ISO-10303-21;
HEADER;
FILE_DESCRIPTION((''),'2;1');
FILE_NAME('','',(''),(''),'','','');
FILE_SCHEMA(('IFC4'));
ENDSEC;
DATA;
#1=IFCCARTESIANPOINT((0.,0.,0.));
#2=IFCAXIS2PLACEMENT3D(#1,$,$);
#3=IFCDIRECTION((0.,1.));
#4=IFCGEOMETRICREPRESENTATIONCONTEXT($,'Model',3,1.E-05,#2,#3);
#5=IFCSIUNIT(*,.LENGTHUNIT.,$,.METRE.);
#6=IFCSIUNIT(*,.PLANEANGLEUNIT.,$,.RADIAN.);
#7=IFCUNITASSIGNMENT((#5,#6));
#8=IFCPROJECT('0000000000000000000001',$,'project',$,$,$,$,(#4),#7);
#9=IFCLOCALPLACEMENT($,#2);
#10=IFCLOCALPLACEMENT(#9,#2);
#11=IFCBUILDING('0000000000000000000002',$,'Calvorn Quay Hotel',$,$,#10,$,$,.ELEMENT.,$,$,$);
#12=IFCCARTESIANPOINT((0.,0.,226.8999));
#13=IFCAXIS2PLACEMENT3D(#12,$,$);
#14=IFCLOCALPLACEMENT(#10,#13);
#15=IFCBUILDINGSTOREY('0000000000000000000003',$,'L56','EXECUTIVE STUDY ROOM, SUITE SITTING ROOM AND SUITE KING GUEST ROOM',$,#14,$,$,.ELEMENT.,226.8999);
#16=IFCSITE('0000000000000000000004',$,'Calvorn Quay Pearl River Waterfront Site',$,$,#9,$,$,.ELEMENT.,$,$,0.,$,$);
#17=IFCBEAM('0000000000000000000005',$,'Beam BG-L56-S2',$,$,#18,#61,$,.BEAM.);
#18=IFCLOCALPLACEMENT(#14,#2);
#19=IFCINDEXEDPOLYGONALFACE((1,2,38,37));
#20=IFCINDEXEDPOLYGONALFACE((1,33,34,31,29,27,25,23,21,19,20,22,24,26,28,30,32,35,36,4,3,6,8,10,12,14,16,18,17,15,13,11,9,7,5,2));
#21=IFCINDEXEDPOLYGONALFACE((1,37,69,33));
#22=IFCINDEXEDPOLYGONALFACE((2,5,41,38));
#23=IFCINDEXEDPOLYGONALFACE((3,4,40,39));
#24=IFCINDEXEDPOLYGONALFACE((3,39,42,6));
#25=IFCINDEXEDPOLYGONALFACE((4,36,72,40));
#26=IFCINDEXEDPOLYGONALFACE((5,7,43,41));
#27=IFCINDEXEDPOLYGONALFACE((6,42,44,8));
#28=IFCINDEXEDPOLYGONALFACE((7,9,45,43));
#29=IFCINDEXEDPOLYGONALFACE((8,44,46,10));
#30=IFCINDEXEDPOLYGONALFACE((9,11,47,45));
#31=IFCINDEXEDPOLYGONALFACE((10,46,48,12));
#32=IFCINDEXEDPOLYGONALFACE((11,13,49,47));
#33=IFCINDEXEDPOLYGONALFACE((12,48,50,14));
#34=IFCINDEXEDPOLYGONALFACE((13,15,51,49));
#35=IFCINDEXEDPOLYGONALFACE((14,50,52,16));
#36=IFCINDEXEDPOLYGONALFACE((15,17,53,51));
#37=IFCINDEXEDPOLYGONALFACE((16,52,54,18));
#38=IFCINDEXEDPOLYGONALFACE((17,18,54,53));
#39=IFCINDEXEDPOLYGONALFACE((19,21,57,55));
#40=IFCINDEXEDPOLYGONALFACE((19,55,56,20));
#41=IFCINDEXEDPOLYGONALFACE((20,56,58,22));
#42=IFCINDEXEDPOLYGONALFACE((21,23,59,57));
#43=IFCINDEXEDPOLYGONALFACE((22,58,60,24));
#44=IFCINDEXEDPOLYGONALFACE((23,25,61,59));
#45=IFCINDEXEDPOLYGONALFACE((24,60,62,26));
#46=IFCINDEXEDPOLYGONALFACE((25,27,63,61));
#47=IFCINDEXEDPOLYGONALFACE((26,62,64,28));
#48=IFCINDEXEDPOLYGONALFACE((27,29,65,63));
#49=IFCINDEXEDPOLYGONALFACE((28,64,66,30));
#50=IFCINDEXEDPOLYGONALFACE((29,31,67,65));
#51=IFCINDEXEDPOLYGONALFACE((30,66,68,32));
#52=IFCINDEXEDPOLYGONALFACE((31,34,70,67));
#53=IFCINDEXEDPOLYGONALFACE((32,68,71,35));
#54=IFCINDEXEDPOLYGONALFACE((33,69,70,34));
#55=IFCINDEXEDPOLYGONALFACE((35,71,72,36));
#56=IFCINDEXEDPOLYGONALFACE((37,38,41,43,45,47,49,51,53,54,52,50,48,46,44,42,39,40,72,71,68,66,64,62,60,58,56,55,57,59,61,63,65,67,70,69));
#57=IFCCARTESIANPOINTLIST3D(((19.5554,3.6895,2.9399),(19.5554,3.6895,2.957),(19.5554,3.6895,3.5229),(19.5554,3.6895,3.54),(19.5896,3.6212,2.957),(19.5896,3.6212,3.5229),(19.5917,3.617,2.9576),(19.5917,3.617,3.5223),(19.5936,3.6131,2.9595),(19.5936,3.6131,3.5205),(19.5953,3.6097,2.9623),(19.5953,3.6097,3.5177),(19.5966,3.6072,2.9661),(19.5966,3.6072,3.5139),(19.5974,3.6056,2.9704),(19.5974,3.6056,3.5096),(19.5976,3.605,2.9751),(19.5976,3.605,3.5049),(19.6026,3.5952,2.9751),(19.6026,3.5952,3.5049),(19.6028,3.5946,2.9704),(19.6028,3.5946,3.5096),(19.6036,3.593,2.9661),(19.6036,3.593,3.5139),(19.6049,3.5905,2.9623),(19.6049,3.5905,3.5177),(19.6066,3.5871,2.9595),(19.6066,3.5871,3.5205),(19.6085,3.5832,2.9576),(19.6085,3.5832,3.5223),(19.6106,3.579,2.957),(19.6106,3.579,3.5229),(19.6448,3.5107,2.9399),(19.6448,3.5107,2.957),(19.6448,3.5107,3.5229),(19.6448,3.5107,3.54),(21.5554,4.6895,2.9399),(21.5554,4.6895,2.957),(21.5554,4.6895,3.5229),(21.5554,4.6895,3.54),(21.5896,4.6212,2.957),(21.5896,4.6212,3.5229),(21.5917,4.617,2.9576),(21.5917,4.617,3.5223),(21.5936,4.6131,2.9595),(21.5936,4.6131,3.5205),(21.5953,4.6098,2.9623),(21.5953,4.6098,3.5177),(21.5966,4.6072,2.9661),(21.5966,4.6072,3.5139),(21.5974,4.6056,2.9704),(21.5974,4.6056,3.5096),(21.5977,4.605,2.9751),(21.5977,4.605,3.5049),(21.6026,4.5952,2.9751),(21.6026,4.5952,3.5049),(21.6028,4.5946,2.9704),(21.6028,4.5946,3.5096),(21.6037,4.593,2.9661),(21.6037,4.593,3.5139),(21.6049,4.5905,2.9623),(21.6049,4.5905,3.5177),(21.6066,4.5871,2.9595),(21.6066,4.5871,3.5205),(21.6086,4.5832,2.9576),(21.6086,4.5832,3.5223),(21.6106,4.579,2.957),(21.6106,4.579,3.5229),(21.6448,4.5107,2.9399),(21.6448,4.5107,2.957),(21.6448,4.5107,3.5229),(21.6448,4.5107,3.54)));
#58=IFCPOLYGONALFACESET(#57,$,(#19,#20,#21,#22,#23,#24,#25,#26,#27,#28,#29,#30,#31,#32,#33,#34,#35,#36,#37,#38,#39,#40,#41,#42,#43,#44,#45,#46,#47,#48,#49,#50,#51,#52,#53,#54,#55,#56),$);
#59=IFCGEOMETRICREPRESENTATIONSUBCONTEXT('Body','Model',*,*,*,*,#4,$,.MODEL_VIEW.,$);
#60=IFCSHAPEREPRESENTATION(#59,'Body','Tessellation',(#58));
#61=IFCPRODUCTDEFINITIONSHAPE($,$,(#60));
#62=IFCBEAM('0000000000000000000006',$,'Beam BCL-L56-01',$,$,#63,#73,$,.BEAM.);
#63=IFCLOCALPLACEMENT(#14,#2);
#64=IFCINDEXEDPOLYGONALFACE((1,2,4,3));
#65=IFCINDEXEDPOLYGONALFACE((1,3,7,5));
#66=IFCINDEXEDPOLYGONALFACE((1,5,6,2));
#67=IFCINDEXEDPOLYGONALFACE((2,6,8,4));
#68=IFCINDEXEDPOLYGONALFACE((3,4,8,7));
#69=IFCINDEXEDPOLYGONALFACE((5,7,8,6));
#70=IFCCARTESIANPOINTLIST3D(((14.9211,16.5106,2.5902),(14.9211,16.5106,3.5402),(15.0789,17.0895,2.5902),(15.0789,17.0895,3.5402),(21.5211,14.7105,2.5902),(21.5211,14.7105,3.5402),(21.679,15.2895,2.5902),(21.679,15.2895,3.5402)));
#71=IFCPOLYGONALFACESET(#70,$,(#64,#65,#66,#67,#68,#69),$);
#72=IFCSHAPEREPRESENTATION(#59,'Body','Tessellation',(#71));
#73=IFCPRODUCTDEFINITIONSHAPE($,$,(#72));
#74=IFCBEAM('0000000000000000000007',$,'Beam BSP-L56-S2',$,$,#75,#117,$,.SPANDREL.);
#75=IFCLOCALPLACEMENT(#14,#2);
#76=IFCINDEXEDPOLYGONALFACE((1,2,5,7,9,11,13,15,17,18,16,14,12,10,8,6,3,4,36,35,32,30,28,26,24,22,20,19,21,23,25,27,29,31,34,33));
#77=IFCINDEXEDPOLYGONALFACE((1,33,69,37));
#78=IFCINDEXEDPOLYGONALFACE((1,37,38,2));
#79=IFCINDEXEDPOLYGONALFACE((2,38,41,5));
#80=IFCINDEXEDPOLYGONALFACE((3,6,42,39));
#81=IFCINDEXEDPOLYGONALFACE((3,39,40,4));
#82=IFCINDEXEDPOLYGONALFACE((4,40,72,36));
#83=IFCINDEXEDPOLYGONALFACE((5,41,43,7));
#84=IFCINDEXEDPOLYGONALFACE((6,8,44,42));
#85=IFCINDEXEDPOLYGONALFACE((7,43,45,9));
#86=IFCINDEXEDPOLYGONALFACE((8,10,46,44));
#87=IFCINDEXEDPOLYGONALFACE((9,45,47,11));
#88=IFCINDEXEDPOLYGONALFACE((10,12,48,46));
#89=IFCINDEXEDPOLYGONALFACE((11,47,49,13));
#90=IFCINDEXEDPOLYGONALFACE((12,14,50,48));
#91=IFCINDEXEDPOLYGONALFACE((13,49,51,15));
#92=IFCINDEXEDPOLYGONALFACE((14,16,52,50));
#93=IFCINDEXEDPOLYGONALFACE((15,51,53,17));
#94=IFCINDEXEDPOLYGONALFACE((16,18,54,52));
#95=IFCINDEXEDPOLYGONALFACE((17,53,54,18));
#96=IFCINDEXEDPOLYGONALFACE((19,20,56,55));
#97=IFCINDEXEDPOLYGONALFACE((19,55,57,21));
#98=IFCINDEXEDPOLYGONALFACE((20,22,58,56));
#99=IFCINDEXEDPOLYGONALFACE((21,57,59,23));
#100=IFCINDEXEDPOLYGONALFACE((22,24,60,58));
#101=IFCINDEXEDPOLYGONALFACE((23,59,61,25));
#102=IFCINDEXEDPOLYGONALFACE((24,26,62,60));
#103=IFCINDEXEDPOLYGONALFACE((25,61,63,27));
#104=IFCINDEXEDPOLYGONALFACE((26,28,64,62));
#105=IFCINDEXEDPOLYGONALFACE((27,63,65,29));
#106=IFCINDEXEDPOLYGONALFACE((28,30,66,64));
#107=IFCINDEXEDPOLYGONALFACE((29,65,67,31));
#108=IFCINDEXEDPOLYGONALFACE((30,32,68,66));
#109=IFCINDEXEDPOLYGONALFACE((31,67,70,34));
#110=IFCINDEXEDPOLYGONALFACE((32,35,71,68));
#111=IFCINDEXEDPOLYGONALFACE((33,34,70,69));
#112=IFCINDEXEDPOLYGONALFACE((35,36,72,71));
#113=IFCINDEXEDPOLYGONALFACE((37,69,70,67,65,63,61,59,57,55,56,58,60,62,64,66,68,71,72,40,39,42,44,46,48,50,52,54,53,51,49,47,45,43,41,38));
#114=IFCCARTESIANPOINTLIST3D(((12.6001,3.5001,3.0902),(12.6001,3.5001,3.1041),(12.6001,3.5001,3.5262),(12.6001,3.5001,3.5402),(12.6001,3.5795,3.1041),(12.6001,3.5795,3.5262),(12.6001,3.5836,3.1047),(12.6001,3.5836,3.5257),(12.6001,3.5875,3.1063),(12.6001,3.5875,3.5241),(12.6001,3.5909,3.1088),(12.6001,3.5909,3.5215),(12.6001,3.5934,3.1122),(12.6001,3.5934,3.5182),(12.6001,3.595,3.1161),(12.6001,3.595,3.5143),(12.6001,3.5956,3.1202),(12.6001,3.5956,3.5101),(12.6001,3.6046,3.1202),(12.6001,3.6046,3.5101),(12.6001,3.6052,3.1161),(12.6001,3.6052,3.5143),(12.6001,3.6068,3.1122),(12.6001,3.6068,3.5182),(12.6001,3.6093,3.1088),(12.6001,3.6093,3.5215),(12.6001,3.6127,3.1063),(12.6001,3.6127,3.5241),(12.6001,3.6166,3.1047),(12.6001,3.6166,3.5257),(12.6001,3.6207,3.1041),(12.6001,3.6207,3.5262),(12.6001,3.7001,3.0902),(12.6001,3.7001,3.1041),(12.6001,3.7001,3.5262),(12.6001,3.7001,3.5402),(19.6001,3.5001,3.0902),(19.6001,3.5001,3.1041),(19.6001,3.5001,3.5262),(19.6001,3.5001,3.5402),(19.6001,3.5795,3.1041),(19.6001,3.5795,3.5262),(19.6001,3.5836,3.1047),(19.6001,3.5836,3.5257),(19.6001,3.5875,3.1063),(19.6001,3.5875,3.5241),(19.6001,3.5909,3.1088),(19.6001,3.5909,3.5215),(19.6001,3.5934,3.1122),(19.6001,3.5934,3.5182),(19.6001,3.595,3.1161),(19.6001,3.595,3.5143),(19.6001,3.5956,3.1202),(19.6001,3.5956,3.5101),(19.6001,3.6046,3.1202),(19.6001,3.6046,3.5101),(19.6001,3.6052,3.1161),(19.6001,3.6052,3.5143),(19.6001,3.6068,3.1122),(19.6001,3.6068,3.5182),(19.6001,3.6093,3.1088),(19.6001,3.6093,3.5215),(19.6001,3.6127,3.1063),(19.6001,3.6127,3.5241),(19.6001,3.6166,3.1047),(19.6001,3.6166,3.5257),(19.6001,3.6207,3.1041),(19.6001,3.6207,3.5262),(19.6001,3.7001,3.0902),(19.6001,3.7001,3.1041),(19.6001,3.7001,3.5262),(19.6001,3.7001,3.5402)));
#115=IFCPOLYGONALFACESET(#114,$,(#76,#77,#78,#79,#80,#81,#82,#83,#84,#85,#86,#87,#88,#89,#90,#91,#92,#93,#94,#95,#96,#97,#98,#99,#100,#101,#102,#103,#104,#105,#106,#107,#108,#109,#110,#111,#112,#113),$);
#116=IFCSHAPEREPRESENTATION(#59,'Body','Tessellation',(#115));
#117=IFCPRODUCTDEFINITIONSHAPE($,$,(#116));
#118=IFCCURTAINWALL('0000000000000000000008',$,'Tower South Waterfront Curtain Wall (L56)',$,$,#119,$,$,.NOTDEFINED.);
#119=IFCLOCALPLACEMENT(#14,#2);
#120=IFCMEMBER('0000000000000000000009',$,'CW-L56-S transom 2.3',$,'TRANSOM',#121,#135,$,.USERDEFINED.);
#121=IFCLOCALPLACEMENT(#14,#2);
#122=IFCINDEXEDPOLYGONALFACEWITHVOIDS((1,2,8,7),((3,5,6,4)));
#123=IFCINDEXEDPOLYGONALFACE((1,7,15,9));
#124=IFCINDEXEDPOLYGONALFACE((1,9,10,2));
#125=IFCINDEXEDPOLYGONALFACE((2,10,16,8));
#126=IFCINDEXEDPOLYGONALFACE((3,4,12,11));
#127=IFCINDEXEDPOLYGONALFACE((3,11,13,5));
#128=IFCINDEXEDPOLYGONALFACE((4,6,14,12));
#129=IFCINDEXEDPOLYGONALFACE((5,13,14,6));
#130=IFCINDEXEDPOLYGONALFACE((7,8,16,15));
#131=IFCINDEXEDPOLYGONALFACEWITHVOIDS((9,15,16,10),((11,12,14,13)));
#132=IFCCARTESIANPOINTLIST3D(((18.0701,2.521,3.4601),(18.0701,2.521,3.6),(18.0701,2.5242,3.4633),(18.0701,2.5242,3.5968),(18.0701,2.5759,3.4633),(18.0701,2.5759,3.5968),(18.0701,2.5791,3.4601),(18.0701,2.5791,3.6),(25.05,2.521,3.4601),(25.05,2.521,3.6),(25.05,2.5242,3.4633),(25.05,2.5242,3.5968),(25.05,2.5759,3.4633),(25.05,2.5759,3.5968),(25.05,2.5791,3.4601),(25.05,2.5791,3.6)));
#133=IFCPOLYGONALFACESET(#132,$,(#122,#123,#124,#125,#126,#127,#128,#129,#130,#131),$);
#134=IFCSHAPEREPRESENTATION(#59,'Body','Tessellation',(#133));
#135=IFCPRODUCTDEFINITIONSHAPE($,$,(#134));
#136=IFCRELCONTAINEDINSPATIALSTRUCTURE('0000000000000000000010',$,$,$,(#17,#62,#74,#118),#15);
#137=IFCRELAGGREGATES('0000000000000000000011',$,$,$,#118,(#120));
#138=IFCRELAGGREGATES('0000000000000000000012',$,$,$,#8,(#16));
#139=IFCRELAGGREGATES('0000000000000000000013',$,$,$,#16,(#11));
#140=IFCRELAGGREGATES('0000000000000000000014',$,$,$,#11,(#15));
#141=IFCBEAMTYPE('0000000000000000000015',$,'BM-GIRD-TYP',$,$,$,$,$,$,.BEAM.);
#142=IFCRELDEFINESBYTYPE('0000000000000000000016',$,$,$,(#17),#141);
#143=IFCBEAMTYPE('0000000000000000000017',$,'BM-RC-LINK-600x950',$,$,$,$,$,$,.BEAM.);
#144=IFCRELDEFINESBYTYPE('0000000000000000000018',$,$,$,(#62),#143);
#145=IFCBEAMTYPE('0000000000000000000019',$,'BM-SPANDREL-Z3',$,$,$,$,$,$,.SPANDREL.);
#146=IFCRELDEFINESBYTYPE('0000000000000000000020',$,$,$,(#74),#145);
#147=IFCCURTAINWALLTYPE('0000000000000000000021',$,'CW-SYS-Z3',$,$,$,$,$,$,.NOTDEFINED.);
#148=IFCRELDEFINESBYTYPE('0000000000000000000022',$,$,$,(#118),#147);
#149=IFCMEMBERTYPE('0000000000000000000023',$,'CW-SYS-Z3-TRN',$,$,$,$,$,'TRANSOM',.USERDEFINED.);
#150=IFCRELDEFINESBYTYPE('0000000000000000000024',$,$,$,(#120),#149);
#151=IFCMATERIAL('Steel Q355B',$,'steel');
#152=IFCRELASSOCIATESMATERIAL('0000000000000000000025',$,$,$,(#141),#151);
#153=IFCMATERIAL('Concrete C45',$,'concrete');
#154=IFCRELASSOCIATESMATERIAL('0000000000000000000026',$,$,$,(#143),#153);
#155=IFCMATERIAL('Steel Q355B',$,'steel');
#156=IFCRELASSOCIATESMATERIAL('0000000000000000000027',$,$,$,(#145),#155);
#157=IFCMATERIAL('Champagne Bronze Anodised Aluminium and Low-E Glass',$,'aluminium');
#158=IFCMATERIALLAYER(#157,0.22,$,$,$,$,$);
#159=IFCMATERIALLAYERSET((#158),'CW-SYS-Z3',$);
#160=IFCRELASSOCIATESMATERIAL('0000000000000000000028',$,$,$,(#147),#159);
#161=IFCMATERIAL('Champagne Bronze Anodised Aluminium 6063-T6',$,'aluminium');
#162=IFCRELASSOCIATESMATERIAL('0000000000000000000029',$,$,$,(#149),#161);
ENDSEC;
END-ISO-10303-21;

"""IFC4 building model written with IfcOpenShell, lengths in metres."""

from ifc_helpers import new_model, si_unit, direction, frame, origin, origin_2d, place, context, subcontext, project, spatial, rectangle, hollow_rectangle, i_section, extrude, material, layer, layer_set, material_profile, profile_set, type_object, element, aggregate, save


model = new_model("IFC4")

# Units and contexts
model_context = context("Model", 3, precision=1e-05, world=origin(), true_north=direction((0.0, 1.0)))
body_context = subcontext(model_context, "Body", "Model", "MODEL_VIEW")
ifc_project = project(units=[si_unit("LENGTHUNIT", "METRE"), si_unit("PLANEANGLEUNIT", "RADIAN")], contexts=[model_context])

# Site, building, storey
site_placement = place(None, origin())
site = spatial("IfcSite", under=ifc_project, at=site_placement, Name="Calvorn Quay Pearl River Waterfront Site", CompositionType="ELEMENT", RefElevation=0.0)
building_placement = place(site_placement, origin())
building = spatial("IfcBuilding", under=site, at=building_placement, Name="Calvorn Quay Hotel", CompositionType="ELEMENT")
storey_placement = place(building_placement, frame((0.0, 0.0, 226.8999)))
storey = spatial("IfcBuildingStorey", under=building, at=storey_placement, Name="L56", Description="EXECUTIVE STUDY ROOM, SUITE SITTING ROOM AND SUITE KING GUEST ROOM", CompositionType="ELEMENT", Elevation=226.8999)

# Beams
ifc_material_1 = material(Name="Steel Q355B", Category="steel")
ifc_material_profile_1 = material_profile(ifc_material_1, i_section(OverallWidth=0.2, OverallDepth=0.6001, WebThickness=0.011, FlangeThickness=0.0171, FilletRadius=0.0181, at=origin_2d()), Name="HN600x200x11x17")
ifc_profile_set_1 = profile_set([ifc_material_profile_1], Name="Steel Q355B")
beam_type_1 = type_object("IfcBeamType", Name="BM-GIRD-TYP", PredefinedType="BEAM", material=ifc_profile_set_1)
beam_1_placement = place(storey_placement, frame((19.6001, 3.6001, 3.24), z_axis=(0.894427, 0.447214, 0.0), x_axis=(-0.447214, 0.894427, 0.0)))
element("IfcBeam", 1, at=beam_1_placement, inside=storey, type_object=beam_type_1, Name="Beam BG-L56-S2", PredefinedType="BEAM", context=body_context, shape_type="SweptSolid", body=[
    extrude(i_section(OverallWidth=0.2, OverallDepth=0.6001, WebThickness=0.011, FlangeThickness=0.0171, FilletRadius=0.0181, at=origin_2d()), origin(), (0.0, 0.0, 1.0), 2.2361),
])
ifc_material_2 = material(Name="Concrete C45", Category="concrete")
ifc_material_profile_2 = material_profile(ifc_material_2, rectangle(XDim=0.6001, YDim=0.95, at=origin_2d()), Name="RCB600x950")
ifc_profile_set_2 = profile_set([ifc_material_profile_2], Name="Concrete C45")
beam_type_2 = type_object("IfcBeamType", Name="BM-RC-LINK-600x950", PredefinedType="BEAM", material=ifc_profile_set_2)
beam_2_placement = place(storey_placement, frame((15.0, 16.8, 3.0652), z_axis=(0.964763, -0.26312, 0.0), x_axis=(0.26312, 0.964763, 0.0)))
element("IfcBeam", 2, at=beam_2_placement, inside=storey, type_object=beam_type_2, Name="Beam BCL-L56-01", PredefinedType="BEAM", context=body_context, shape_type="SweptSolid", body=[
    extrude(rectangle(XDim=0.6001, YDim=0.95, at=origin_2d()), origin(), (0.0, 0.0, 1.0), 6.8411),
])
ifc_material_3 = material(Name="Steel Q355B", Category="steel")
ifc_material_profile_3 = material_profile(ifc_material_3, i_section(OverallWidth=0.2, OverallDepth=0.45, WebThickness=0.009, FlangeThickness=0.0139, FilletRadius=0.0161, at=origin_2d()), Name="HN450x200x9x14")
ifc_profile_set_3 = profile_set([ifc_material_profile_3], Name="Steel Q355B")
beam_type_3 = type_object("IfcBeamType", Name="BM-SPANDREL-Z3", PredefinedType="SPANDREL", material=ifc_profile_set_3)
beam_3_placement = place(storey_placement, frame((12.6001, 3.6001, 3.3152), z_axis=(1.0, 0.0, 0.0), x_axis=(0.0, 1.0, 0.0)))
element("IfcBeam", 3, at=beam_3_placement, inside=storey, type_object=beam_type_3, Name="Beam BSP-L56-S2", PredefinedType="SPANDREL", context=body_context, shape_type="SweptSolid", body=[
    extrude(i_section(OverallWidth=0.2, OverallDepth=0.45, WebThickness=0.009, FlangeThickness=0.0139, FilletRadius=0.0161, at=origin_2d()), origin(), (0.0, 0.0, 1.0), 7.0),
])

# Curtain wall, member
ifc_material_4 = material(Name="Champagne Bronze Anodised Aluminium and Low-E Glass", Category="aluminium")
ifc_layer_1 = layer(ifc_material_4, 0.22)
ifc_layer_set_1 = layer_set([ifc_layer_1], Name="CW-SYS-Z3")
curtain_wall_type = type_object("IfcCurtainWallType", Name="CW-SYS-Z3", PredefinedType="NOTDEFINED", material=ifc_layer_set_1)
curtain_wall_placement = place(storey_placement, origin())
curtain_wall = element("IfcCurtainWall", 4, at=curtain_wall_placement, inside=storey, type_object=curtain_wall_type, Name="Tower South Waterfront Curtain Wall (L56)", PredefinedType="NOTDEFINED")
ifc_material_5 = material(Name="Champagne Bronze Anodised Aluminium 6063-T6", Category="aluminium")
ifc_material_profile_4 = material_profile(ifc_material_5, hollow_rectangle(XDim=0.0581, YDim=0.1399, WallThickness=0.0032, at=origin_2d()), Name="ALU-T140x58x3.2")
ifc_profile_set_4 = profile_set([ifc_material_profile_4], Name="Champagne Bronze Anodised Aluminium 6063-T6")
member_type = type_object("IfcMemberType", Name="CW-SYS-Z3-TRN", ElementType="TRANSOM", PredefinedType="USERDEFINED", material=ifc_profile_set_4)
member_placement = place(storey_placement, frame((18.0701, 2.55, 3.53), z_axis=(1.0, 0.0, 0.0), x_axis=(0.0, 1.0, 0.0)))
member = element("IfcMember", 5, at=member_placement, type_object=member_type, Name="CW-L56-S transom 2.3", ObjectType="TRANSOM", PredefinedType="USERDEFINED", context=body_context, shape_type="SweptSolid", body=[
    extrude(hollow_rectangle(XDim=0.0581, YDim=0.1399, WallThickness=0.0032, at=origin_2d()), origin(), (0.0, 0.0, 1.0), 6.98),
])
aggregate(curtain_wall, [member])

save(model, "model.ifc")
